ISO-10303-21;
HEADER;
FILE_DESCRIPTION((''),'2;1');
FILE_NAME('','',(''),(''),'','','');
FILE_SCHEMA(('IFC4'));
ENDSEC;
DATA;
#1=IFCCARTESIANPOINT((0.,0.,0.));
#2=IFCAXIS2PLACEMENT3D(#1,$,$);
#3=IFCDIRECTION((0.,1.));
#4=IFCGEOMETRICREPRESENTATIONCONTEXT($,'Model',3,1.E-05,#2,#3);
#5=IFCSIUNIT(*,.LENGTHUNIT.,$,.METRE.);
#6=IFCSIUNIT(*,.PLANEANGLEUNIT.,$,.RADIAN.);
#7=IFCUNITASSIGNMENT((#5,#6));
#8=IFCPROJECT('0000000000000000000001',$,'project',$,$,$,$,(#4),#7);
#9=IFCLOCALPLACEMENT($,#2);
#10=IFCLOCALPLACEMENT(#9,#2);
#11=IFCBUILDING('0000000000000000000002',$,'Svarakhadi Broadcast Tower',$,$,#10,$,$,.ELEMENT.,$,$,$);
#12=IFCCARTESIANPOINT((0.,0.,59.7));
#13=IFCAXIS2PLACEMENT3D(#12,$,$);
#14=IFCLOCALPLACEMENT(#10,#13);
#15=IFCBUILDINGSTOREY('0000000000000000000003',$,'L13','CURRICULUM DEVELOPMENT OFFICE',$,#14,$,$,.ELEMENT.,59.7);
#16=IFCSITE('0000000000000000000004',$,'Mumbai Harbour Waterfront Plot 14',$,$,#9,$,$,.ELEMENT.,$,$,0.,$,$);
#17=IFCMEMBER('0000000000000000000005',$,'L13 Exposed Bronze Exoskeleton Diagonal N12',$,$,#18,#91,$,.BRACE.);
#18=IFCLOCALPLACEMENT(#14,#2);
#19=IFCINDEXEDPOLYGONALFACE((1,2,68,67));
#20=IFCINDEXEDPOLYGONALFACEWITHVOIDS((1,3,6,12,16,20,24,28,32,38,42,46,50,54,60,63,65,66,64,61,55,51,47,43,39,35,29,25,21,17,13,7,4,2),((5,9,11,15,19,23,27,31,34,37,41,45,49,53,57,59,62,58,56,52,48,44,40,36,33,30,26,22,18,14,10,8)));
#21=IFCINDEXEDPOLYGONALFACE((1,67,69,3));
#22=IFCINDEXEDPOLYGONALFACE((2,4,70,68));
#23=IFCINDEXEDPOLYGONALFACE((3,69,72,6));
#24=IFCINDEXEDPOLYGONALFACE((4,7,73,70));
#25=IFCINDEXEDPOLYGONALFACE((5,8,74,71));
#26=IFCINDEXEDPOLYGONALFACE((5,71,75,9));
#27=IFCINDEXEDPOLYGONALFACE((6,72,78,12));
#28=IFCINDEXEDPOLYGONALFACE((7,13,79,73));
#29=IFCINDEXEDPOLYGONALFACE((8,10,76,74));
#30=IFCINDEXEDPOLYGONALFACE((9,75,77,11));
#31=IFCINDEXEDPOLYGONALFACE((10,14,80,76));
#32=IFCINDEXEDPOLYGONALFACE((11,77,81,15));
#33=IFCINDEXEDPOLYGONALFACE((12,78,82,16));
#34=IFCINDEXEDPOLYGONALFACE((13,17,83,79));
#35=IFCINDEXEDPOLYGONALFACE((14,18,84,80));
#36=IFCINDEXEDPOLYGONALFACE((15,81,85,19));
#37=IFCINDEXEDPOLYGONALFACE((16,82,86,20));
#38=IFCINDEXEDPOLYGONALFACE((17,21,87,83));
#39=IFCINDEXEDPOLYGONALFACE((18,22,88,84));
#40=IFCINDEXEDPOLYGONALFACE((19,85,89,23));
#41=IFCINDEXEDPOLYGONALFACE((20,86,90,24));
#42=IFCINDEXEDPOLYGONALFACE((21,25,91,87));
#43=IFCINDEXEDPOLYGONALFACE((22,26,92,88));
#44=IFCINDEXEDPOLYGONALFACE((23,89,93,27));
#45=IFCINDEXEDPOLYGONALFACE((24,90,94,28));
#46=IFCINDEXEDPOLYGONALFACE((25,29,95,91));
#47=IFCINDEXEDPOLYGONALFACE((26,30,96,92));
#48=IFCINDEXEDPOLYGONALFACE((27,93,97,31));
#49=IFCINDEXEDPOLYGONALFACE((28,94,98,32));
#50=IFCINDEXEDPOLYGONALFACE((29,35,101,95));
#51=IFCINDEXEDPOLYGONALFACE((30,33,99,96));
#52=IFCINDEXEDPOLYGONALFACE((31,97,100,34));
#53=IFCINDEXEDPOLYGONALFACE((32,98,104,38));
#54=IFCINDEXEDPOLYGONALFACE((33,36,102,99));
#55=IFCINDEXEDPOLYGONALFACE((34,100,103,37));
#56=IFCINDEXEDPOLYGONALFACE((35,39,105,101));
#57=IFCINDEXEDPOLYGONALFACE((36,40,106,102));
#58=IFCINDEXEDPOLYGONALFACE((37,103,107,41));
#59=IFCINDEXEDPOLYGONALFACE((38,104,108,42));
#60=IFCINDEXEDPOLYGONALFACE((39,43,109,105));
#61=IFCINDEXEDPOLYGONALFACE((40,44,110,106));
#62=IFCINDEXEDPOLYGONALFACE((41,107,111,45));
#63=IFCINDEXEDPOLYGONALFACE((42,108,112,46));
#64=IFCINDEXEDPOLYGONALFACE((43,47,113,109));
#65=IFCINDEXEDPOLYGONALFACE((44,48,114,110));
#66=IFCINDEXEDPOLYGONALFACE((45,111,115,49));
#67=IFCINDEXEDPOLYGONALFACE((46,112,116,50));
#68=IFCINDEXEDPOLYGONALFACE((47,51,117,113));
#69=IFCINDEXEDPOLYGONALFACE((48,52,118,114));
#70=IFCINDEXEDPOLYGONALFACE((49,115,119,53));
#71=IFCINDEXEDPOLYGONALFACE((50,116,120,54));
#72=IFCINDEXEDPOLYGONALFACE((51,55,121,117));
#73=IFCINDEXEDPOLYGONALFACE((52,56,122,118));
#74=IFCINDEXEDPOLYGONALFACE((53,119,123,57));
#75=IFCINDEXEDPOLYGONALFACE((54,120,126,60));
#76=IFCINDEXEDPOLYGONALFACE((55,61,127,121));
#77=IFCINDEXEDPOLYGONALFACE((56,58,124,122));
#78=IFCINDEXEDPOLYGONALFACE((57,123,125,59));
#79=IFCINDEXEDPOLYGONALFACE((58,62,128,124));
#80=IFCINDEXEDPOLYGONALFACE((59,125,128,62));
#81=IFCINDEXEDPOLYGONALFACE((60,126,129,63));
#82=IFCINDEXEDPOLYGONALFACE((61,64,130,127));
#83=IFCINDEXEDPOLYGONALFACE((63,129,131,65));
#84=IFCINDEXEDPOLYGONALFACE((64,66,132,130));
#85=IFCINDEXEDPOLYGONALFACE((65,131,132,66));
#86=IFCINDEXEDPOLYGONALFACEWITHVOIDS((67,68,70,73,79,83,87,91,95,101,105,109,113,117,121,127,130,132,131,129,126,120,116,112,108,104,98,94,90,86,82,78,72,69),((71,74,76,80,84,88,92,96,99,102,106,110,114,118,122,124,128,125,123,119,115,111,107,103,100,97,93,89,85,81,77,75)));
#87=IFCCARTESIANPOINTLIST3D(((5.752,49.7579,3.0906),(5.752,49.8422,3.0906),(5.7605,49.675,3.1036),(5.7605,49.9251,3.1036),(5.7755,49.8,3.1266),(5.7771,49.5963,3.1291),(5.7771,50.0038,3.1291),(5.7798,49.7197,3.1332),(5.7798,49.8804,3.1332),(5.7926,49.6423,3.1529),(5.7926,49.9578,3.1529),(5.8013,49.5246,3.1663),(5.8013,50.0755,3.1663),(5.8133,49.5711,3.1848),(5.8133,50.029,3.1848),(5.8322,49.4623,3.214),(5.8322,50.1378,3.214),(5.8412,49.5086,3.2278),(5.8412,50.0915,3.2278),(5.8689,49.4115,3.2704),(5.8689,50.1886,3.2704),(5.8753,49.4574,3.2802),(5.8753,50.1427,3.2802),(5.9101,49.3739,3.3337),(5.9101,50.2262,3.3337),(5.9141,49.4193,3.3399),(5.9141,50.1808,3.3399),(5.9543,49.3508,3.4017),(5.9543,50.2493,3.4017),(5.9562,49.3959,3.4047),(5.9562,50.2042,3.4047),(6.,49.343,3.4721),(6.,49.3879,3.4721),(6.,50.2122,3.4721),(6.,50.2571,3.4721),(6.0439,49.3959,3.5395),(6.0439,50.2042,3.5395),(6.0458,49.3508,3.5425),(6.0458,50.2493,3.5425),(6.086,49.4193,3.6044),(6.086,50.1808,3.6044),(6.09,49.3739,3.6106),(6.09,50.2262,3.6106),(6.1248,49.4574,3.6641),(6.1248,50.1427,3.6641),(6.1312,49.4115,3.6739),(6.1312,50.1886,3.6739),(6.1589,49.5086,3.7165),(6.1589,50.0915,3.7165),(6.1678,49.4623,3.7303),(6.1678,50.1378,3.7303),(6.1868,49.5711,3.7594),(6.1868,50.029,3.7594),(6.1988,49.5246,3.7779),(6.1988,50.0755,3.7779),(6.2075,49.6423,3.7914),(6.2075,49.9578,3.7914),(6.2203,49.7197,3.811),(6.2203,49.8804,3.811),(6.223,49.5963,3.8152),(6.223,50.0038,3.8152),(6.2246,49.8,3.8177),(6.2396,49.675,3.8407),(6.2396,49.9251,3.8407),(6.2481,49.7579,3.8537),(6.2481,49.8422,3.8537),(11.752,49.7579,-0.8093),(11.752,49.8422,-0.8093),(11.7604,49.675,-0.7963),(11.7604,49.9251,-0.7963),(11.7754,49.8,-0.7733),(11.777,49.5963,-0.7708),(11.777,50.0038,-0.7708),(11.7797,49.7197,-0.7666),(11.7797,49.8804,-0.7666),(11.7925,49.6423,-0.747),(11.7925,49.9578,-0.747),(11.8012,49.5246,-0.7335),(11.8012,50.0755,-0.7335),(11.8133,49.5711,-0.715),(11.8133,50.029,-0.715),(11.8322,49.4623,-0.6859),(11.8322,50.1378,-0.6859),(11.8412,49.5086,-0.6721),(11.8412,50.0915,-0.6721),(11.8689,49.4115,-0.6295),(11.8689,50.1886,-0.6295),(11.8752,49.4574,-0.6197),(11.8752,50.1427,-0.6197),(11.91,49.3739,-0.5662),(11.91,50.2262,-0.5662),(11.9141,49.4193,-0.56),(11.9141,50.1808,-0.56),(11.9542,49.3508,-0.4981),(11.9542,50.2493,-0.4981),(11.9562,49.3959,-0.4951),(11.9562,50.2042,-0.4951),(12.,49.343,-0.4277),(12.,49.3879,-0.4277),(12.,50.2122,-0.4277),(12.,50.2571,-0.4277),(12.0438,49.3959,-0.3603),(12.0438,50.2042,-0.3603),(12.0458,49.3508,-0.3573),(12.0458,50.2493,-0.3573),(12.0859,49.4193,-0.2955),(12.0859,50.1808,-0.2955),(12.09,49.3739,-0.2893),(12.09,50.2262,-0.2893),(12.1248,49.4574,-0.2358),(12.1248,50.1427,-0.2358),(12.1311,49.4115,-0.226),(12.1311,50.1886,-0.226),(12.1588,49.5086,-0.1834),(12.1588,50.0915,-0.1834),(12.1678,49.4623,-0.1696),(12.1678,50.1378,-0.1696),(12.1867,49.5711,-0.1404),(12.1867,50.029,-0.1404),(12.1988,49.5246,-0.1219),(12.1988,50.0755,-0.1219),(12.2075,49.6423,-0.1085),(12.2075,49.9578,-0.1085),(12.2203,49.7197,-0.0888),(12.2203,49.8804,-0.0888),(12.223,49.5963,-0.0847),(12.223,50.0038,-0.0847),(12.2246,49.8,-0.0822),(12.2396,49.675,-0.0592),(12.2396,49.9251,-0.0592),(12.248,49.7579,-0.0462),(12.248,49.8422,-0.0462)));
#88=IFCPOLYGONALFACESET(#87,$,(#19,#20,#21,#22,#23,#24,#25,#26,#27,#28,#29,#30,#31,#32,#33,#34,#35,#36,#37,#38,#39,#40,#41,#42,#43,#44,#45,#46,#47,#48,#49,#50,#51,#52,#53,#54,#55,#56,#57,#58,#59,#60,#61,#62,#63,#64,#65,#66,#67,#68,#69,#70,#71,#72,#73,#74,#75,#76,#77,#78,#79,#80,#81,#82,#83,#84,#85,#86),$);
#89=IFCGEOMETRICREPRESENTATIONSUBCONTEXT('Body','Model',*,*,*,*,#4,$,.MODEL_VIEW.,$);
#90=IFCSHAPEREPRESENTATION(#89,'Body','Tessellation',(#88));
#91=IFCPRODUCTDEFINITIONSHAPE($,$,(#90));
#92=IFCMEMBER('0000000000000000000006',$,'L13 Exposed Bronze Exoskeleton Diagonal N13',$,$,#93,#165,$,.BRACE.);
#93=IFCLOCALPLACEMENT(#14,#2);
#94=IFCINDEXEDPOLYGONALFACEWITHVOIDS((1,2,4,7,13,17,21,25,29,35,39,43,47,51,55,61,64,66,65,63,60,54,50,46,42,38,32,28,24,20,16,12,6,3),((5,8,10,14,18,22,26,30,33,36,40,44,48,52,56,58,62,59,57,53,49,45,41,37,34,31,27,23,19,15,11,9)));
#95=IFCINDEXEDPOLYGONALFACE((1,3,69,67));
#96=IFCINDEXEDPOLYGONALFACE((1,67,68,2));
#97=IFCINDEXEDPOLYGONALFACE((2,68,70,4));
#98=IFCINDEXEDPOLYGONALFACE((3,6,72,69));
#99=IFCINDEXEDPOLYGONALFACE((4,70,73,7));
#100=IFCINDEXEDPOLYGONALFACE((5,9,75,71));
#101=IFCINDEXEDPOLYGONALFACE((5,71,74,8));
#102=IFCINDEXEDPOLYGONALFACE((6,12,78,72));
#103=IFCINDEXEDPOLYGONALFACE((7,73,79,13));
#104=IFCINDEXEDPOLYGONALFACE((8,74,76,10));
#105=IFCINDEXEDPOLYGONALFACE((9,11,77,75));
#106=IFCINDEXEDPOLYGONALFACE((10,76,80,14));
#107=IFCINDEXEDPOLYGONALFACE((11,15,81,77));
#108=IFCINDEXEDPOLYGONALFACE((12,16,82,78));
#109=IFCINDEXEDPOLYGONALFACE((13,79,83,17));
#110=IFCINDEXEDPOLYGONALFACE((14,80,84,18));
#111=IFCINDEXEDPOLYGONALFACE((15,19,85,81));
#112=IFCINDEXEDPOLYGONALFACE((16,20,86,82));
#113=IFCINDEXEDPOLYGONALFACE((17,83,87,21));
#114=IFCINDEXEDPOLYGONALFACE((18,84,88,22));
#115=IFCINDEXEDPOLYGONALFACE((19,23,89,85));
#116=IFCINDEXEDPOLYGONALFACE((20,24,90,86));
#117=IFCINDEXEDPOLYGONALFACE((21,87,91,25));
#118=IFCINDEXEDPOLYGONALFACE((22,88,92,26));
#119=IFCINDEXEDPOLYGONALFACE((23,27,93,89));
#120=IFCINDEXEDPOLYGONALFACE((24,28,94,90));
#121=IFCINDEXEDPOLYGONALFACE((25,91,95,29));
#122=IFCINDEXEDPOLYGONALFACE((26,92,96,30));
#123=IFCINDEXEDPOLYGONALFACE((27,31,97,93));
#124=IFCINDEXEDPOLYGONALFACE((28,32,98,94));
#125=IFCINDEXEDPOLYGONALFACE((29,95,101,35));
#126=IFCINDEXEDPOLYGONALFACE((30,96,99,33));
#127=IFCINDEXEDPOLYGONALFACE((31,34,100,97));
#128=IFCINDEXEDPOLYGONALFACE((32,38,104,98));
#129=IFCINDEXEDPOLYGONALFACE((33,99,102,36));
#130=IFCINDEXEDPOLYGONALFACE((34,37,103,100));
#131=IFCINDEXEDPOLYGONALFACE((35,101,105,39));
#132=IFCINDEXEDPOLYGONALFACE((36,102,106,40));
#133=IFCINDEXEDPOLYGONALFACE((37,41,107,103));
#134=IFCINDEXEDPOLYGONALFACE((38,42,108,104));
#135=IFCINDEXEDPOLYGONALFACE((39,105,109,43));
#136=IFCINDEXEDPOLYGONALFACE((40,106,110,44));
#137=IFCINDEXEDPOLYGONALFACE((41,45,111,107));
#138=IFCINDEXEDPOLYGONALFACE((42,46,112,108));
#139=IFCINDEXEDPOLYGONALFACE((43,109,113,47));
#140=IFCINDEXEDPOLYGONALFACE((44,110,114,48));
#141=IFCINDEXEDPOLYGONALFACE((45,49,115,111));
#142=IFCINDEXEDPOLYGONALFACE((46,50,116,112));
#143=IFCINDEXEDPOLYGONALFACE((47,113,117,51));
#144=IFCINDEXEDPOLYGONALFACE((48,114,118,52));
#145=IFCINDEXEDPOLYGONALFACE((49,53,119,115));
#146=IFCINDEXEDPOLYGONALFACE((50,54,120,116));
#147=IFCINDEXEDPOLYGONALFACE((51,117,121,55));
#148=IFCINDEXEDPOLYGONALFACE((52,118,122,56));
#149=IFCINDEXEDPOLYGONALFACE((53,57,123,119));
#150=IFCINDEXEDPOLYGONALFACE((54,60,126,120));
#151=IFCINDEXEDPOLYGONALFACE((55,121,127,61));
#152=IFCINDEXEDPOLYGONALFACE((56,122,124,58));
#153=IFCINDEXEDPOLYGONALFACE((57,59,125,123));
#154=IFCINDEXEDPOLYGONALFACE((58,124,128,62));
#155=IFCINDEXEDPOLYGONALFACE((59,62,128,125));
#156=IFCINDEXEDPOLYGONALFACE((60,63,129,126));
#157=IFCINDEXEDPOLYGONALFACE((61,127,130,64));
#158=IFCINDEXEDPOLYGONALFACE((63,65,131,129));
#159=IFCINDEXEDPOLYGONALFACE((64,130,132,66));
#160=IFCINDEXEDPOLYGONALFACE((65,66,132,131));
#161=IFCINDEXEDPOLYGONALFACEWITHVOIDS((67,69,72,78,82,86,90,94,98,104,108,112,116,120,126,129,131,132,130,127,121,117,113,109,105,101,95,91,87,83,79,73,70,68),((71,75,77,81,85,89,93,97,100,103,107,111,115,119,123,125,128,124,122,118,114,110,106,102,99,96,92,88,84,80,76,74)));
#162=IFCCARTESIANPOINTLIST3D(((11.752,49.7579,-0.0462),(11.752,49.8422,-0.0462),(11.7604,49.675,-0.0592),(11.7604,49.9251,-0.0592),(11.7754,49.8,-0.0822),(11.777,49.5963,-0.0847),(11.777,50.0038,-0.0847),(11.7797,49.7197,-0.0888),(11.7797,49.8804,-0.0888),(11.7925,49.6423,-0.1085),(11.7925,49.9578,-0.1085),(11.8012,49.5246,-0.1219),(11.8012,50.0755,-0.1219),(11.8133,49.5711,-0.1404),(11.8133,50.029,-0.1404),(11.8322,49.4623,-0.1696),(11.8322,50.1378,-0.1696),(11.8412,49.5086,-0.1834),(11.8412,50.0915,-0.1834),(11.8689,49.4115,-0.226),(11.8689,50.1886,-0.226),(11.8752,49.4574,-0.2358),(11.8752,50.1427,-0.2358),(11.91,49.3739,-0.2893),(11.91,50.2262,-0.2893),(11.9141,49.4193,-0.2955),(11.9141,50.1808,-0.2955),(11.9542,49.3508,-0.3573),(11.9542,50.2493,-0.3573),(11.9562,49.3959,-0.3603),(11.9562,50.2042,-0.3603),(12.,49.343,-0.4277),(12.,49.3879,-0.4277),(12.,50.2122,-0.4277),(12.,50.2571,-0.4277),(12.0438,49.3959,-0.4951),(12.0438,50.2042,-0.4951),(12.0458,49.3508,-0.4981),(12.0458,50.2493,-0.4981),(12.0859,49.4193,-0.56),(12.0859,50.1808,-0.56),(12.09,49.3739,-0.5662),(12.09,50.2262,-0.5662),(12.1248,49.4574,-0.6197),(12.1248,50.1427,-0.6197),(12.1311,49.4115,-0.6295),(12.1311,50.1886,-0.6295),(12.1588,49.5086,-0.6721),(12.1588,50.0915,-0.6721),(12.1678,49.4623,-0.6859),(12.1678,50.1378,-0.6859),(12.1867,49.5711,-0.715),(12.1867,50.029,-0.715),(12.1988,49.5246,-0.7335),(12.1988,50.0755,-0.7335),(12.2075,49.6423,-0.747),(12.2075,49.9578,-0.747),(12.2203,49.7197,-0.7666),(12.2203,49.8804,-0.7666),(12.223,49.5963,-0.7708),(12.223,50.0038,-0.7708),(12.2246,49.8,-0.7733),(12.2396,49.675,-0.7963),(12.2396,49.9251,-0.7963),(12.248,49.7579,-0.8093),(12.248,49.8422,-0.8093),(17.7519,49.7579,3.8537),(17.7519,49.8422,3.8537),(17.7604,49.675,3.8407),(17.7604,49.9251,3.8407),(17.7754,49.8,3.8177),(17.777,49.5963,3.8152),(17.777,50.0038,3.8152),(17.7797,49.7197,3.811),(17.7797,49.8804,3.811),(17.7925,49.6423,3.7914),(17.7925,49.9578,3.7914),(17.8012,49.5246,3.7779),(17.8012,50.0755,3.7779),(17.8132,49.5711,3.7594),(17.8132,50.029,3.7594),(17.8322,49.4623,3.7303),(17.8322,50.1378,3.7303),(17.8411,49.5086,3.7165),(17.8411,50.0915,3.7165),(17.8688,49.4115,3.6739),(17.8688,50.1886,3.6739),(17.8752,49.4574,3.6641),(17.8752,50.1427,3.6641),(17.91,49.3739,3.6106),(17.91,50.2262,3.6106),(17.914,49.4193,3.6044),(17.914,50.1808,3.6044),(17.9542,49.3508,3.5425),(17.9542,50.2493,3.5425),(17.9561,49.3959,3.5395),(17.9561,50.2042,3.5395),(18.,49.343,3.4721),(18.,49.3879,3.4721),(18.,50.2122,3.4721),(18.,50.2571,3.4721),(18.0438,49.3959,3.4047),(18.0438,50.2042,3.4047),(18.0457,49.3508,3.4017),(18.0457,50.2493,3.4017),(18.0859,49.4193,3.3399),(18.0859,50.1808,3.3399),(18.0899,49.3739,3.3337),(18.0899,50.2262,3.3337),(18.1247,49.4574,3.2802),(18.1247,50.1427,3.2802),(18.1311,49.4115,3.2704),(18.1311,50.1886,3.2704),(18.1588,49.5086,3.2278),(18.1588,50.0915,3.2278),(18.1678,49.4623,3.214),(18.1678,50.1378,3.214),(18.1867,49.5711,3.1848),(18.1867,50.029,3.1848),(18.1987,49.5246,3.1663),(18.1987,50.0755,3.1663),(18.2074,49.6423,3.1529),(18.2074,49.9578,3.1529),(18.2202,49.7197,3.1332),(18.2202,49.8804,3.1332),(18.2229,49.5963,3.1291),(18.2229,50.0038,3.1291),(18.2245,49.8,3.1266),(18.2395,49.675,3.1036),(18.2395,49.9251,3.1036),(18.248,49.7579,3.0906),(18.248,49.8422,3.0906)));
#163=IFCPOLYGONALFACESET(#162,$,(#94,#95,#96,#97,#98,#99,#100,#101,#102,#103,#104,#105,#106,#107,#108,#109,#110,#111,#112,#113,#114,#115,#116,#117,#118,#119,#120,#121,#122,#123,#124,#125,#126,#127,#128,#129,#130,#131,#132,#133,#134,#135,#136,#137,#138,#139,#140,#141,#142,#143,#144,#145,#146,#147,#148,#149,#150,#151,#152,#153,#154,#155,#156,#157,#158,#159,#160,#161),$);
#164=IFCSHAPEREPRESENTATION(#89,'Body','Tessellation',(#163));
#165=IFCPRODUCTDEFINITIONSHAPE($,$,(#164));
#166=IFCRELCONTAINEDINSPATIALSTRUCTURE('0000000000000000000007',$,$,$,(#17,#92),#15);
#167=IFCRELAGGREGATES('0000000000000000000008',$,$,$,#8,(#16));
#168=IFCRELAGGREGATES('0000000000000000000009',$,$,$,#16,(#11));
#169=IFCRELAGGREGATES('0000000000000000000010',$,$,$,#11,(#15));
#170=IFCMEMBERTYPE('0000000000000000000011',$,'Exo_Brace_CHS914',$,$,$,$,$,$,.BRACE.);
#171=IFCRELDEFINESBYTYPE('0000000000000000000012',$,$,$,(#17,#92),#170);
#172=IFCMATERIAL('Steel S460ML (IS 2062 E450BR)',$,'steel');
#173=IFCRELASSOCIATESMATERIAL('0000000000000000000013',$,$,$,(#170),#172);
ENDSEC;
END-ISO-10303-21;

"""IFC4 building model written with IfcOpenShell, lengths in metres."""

from ifc_helpers import new_model, si_unit, direction, frame, origin, origin_2d, place, context, subcontext, project, spatial, hollow_circle, extrude, material, material_profile, profile_set, type_object, element, save


model = new_model("IFC4")

# Units and contexts
model_context = context("Model", 3, precision=1e-05, world=origin(), true_north=direction((0.0, 1.0)))
body_context = subcontext(model_context, "Body", "Model", "MODEL_VIEW")
ifc_project = project(units=[si_unit("LENGTHUNIT", "METRE"), si_unit("PLANEANGLEUNIT", "RADIAN")], contexts=[model_context])

# Site, building, storey
site_placement = place(None, origin())
site = spatial("IfcSite", under=ifc_project, at=site_placement, Name="Mumbai Harbour Waterfront Plot 14", CompositionType="ELEMENT", RefElevation=0.0)
building_placement = place(site_placement, origin())
building = spatial("IfcBuilding", under=site, at=building_placement, Name="Svarakhadi Broadcast Tower", CompositionType="ELEMENT")
storey_placement = place(building_placement, frame((0.0, 0.0, 59.7)))
storey = spatial("IfcBuildingStorey", under=building, at=storey_placement, Name="L13", Description="CURRICULUM DEVELOPMENT OFFICE", CompositionType="ELEMENT", Elevation=59.7)

# Shared definitions
ifc_material_1 = material(Name="Steel S460ML (IS 2062 E450BR)", Category="steel")

# Members
ifc_material_profile_1 = material_profile(ifc_material_1, hollow_circle(Radius=0.457, WallThickness=0.0449, at=origin_2d()), Name="CHS 914x45")
ifc_profile_set_1 = profile_set([ifc_material_profile_1], Name="Steel S460ML (IS 2062 E450BR)")
member_type_1 = type_object("IfcMemberType", Name="Exo_Brace_CHS914", PredefinedType="BRACE", material=ifc_profile_set_1)
for number, where, z_axis, x_axis, name in (
    (1, (12.0, 49.8, -0.4277), (-0.83845, 0.0, 0.544979), (0.0, -1.0, 0.0), "L13 Exposed Bronze Exoskeleton Diagonal N12"),
    (2, (12.0, 49.8, -0.4277), (0.83845, 0.0, 0.544979), (0.0, 1.0, 0.0), "L13 Exposed Bronze Exoskeleton Diagonal N13"),
):
    element("IfcMember", number, at=place(storey_placement, frame(where, z_axis=z_axis, x_axis=x_axis)), inside=storey, type_object=member_type_1, Name=name, PredefinedType="BRACE", context=body_context, shape_type="SweptSolid", body=[
        extrude(hollow_circle(Radius=0.457, WallThickness=0.0449, at=origin_2d()), origin(), (0.0, 0.0, 1.0), 7.156),
    ])

save(model, "model.ifc")
